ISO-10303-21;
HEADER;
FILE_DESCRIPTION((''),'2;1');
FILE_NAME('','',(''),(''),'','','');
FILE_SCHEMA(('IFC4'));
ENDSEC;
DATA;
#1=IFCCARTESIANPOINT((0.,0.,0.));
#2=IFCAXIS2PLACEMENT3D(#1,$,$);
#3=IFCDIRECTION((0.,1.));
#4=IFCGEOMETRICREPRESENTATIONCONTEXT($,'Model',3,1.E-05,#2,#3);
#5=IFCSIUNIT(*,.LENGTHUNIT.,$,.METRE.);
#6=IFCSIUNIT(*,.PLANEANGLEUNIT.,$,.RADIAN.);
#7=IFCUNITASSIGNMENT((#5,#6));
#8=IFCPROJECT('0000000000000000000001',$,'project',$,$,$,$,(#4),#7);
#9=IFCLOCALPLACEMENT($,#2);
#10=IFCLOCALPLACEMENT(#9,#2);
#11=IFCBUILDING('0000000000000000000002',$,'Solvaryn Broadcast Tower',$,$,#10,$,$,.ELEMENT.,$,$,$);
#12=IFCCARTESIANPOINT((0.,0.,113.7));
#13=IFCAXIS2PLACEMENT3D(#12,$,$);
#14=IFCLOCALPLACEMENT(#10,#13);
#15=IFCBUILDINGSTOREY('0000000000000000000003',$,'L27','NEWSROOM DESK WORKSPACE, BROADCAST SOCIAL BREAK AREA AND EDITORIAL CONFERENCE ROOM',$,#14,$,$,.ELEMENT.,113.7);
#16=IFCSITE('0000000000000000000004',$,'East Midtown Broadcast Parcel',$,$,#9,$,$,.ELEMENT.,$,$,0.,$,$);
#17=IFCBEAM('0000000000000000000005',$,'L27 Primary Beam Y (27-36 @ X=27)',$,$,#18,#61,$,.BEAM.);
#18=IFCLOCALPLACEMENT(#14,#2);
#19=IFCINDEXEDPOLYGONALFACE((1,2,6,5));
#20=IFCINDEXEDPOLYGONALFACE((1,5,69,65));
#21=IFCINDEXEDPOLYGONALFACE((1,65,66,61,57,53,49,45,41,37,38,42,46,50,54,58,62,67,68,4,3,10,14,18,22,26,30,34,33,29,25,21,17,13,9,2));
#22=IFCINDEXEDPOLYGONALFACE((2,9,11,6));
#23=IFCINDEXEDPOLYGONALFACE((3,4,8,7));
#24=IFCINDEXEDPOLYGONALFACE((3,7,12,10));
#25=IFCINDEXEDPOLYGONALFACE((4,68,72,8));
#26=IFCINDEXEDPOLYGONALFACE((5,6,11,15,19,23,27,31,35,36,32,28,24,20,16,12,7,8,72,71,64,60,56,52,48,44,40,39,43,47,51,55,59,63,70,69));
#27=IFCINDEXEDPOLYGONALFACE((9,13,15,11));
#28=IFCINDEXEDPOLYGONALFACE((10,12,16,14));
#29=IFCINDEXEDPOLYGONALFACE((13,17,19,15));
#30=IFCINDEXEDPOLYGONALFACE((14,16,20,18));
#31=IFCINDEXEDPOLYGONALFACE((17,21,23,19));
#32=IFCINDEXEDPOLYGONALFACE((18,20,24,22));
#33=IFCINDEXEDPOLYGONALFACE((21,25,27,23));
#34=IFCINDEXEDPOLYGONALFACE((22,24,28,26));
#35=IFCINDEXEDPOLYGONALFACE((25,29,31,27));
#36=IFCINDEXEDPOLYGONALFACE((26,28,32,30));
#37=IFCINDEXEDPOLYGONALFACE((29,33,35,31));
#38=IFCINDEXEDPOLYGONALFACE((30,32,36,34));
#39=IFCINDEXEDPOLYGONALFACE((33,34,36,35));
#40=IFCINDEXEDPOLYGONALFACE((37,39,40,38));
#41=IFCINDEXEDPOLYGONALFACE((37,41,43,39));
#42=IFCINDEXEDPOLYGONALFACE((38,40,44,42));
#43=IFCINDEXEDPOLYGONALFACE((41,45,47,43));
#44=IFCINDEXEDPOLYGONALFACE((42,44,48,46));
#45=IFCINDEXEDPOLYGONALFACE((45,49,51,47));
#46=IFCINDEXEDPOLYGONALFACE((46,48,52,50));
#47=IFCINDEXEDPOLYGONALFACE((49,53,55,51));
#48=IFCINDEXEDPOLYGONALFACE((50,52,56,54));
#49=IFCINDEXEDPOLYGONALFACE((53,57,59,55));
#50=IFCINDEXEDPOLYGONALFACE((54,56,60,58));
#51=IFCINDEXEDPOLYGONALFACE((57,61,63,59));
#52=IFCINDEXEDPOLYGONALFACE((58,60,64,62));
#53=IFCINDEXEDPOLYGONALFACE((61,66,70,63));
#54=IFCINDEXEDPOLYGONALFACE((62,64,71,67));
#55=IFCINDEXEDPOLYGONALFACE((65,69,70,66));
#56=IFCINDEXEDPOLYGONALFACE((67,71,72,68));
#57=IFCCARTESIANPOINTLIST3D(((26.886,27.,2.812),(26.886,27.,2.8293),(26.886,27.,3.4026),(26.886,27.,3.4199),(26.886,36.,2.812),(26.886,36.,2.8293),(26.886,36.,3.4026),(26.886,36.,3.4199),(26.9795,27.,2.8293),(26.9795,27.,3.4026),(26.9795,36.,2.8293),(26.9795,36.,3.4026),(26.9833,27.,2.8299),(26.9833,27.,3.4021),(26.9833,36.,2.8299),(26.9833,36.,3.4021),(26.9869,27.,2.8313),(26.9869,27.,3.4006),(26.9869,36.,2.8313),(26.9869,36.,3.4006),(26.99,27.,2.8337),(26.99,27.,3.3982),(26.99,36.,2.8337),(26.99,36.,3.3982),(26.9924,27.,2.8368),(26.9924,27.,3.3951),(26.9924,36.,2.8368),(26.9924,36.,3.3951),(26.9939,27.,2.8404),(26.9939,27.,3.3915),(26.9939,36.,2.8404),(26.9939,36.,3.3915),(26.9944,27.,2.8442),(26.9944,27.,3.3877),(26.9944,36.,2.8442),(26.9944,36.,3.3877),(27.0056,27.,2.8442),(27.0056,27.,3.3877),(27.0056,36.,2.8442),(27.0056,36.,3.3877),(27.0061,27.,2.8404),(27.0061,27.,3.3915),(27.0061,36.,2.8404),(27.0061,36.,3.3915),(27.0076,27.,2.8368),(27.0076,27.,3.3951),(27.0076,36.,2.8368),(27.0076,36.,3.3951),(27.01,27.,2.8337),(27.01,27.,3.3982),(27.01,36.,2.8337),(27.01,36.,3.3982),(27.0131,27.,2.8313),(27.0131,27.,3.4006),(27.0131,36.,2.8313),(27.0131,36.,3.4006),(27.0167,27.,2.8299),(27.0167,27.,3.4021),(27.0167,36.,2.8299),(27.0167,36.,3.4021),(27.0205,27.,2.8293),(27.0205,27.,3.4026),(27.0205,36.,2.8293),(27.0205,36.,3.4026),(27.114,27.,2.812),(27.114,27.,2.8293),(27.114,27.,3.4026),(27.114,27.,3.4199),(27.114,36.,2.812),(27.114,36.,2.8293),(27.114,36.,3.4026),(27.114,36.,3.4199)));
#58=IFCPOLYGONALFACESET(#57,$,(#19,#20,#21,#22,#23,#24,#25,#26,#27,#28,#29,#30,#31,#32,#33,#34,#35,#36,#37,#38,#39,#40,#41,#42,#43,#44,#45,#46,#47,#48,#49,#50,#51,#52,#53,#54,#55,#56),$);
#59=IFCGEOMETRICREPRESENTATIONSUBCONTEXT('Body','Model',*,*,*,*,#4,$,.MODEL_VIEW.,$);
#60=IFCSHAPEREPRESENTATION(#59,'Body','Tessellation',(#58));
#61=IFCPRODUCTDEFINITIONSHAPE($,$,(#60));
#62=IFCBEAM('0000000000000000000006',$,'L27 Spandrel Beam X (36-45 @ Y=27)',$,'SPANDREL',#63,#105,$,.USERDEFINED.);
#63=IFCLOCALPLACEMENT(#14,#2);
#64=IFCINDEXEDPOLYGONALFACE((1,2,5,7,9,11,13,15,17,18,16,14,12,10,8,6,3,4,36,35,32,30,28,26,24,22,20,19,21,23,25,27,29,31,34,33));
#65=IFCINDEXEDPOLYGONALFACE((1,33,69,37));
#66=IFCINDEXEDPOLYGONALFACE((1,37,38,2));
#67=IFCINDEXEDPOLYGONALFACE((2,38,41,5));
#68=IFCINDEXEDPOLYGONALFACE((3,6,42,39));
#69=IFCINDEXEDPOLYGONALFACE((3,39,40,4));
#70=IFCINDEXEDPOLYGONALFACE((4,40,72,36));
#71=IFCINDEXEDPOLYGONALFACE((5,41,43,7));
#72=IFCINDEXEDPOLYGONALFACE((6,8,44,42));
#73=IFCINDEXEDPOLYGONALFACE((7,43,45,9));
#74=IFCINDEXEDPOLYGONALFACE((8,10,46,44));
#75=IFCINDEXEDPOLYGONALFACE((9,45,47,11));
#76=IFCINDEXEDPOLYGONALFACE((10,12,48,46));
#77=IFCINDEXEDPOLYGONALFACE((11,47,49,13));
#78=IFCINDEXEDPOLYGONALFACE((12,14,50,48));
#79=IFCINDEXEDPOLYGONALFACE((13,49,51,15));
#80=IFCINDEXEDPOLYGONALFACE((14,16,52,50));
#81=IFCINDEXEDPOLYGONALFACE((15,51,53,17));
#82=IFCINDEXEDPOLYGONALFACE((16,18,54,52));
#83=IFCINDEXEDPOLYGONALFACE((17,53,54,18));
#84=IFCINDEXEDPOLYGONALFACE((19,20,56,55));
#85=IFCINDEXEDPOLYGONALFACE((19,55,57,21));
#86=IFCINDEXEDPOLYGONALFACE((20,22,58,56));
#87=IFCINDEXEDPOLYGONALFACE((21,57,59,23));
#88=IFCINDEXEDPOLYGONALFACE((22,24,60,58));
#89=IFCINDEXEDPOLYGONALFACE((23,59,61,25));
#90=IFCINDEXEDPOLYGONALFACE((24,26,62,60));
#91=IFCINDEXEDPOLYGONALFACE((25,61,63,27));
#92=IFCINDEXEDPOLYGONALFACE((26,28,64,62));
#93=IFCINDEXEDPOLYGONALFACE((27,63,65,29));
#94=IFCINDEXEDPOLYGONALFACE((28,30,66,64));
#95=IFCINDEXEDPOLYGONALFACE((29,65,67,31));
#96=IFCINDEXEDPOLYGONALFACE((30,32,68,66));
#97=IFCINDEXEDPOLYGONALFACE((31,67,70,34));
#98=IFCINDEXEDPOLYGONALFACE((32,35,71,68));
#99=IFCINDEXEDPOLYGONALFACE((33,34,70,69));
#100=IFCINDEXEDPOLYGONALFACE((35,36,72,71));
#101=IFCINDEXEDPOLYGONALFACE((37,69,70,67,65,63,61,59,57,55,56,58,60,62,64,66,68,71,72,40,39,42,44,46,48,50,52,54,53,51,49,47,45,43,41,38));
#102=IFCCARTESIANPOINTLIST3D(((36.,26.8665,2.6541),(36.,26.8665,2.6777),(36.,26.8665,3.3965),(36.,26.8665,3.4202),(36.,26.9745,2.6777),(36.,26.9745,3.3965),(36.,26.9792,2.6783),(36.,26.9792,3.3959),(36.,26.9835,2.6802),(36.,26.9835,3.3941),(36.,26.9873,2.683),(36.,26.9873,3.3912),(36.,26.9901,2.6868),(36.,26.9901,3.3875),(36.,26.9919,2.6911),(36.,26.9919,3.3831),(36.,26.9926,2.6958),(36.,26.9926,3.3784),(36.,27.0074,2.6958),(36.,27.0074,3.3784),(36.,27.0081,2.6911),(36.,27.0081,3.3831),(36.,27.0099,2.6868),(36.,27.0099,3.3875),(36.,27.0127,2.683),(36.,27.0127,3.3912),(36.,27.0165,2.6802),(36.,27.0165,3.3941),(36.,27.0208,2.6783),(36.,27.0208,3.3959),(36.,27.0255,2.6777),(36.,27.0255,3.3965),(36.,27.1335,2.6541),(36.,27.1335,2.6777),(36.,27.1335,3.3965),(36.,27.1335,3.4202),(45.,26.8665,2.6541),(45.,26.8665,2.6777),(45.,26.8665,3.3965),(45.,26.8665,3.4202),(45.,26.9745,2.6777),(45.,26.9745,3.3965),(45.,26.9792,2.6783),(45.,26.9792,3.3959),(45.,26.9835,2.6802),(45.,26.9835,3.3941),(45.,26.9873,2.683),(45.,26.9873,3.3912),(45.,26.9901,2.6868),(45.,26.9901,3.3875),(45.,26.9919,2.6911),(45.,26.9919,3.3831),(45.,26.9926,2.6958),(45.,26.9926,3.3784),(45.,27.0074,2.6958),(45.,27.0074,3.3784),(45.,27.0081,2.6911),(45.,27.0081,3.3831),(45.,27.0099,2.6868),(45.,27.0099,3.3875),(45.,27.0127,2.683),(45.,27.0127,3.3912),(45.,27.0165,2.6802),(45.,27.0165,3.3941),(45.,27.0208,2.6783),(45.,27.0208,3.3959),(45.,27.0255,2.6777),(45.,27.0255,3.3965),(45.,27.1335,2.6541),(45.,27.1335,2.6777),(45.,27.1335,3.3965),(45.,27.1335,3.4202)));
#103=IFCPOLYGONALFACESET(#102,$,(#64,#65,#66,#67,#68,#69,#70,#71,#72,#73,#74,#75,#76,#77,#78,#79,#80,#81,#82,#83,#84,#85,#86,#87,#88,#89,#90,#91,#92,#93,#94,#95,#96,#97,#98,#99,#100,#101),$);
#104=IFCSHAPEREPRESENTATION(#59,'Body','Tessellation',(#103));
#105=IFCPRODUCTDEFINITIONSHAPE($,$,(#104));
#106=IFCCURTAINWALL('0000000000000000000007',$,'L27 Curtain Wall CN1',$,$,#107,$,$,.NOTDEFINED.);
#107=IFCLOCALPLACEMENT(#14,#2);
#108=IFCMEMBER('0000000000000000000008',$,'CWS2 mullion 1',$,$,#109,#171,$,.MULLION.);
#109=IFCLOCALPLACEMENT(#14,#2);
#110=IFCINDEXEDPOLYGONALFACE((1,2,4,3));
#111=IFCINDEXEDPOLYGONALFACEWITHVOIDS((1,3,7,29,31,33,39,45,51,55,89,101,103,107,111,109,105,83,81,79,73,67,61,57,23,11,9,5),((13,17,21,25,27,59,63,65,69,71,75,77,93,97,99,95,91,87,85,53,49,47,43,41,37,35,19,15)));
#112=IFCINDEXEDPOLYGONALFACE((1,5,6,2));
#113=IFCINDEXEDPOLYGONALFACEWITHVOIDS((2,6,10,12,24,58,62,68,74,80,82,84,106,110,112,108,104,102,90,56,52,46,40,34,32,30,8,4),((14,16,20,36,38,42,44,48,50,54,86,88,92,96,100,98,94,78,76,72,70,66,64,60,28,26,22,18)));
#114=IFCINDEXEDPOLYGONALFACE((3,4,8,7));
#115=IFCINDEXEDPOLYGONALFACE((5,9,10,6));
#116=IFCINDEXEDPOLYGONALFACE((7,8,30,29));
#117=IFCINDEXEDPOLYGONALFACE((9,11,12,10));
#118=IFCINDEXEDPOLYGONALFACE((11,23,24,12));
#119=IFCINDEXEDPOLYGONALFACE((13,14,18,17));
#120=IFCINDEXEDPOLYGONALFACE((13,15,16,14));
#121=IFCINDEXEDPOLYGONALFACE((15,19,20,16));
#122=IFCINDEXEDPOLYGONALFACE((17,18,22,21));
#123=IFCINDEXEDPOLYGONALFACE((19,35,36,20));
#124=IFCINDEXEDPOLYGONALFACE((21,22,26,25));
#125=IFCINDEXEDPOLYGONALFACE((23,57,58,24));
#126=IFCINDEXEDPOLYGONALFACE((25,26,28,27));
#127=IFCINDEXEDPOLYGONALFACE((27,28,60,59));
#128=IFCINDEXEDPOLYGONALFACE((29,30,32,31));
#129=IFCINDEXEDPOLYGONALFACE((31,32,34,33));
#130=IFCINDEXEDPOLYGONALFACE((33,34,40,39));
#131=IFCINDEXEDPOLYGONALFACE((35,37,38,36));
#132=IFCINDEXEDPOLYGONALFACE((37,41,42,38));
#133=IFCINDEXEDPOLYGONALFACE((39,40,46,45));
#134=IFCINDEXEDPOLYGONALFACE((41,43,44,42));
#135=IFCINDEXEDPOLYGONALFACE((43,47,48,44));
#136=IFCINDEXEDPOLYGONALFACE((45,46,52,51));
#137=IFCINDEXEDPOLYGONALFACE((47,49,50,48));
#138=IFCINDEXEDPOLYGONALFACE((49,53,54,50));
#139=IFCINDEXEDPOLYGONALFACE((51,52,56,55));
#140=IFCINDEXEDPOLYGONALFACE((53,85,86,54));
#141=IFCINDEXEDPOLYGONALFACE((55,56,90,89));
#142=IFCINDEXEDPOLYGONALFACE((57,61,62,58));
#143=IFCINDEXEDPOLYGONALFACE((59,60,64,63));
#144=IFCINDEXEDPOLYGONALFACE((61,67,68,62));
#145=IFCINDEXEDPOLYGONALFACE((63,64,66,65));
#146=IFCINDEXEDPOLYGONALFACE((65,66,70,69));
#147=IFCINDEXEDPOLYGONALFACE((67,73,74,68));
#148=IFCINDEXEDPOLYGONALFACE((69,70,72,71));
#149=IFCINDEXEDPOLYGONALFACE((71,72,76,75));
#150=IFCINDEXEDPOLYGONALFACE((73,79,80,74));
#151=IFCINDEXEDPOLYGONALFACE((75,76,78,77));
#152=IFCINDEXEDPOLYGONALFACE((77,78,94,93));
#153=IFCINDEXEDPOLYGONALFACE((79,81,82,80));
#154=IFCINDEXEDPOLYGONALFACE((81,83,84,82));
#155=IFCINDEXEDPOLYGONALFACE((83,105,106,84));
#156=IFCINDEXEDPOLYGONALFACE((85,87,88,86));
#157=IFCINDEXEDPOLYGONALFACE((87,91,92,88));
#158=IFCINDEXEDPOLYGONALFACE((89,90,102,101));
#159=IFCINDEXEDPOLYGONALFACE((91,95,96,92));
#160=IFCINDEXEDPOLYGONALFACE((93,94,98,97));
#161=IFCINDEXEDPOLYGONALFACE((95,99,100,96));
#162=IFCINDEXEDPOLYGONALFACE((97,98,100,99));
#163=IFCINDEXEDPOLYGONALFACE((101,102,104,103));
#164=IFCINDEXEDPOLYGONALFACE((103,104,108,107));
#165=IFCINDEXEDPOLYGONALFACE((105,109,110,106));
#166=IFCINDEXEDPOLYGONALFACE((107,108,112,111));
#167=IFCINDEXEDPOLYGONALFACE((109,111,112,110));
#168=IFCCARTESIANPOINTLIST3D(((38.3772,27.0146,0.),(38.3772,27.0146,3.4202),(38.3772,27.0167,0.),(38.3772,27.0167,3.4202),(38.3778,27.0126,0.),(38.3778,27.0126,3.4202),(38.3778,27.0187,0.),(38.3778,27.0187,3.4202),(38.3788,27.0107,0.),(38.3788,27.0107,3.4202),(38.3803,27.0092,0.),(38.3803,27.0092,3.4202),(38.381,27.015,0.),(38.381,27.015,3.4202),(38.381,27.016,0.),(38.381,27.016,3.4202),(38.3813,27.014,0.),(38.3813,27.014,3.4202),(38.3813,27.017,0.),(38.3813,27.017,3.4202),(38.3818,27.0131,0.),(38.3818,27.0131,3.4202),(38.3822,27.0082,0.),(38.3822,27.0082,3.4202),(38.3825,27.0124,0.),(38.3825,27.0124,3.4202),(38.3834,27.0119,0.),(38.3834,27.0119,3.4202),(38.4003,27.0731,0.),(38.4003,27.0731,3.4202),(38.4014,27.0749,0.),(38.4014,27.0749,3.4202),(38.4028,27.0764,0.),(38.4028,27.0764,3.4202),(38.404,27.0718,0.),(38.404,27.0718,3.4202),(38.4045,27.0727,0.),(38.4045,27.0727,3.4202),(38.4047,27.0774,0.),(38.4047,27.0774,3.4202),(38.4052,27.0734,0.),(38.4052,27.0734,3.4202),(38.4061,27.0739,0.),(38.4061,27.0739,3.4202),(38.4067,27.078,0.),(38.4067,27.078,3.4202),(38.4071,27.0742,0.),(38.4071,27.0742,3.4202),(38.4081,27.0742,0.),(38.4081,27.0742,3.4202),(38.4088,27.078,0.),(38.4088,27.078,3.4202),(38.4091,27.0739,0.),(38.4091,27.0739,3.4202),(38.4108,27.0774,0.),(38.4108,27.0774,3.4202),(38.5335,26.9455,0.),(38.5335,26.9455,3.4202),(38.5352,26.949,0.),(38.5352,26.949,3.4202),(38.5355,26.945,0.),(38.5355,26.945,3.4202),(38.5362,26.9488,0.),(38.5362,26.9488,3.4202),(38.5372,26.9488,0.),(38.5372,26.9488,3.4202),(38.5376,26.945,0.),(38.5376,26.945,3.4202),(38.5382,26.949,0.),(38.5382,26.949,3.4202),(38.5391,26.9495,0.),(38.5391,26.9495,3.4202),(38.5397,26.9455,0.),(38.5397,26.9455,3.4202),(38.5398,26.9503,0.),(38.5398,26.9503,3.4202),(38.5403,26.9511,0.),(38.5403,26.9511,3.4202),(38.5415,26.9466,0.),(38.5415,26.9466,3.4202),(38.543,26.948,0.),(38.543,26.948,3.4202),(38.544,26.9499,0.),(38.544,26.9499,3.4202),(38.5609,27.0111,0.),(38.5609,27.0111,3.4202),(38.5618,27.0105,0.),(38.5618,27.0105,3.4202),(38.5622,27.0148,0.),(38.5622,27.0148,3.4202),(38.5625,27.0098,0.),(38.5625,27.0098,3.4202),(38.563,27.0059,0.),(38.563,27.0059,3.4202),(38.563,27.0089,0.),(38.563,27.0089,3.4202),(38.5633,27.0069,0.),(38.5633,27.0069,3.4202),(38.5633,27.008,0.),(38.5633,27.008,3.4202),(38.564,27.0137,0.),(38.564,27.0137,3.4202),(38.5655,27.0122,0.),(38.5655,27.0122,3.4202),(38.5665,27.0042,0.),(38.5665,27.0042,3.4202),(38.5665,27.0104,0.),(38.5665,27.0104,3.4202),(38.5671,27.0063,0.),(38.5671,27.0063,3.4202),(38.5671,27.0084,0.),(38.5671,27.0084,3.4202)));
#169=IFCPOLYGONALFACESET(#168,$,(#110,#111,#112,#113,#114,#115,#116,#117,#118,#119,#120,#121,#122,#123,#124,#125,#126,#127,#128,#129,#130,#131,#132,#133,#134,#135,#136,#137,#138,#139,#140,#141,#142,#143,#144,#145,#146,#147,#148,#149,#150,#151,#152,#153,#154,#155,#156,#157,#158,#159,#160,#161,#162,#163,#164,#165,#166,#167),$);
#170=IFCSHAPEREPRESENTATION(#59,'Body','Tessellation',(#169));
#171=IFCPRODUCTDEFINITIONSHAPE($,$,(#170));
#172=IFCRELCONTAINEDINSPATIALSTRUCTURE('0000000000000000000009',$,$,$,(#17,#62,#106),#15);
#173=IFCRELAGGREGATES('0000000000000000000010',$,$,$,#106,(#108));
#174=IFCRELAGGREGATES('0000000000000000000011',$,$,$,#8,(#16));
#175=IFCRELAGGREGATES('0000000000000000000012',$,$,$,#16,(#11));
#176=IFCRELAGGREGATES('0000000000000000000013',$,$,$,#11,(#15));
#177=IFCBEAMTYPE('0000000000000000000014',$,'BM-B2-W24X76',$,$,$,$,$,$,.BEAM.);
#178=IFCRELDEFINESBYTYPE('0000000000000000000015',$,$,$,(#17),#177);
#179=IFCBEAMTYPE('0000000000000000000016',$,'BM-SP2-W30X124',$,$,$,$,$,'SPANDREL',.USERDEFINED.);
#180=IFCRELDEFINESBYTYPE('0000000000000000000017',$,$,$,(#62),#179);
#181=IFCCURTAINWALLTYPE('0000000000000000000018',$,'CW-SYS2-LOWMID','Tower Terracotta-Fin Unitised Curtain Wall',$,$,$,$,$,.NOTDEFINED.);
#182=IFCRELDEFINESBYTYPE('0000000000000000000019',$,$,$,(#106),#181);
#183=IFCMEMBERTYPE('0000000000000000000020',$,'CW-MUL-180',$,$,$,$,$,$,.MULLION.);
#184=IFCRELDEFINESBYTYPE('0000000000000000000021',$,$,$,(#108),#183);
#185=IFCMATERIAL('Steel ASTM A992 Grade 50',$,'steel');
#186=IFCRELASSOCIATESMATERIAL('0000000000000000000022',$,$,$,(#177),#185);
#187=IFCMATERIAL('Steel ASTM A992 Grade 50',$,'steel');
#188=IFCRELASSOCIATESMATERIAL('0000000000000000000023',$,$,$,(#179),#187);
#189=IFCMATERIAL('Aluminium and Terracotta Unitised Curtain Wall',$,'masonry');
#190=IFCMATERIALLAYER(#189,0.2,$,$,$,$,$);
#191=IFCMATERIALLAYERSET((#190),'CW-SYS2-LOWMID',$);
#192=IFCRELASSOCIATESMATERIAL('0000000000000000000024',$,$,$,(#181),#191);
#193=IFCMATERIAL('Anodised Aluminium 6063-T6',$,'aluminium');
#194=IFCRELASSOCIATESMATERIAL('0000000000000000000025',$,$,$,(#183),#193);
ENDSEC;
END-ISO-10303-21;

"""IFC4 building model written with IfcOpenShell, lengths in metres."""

from ifc_helpers import new_model, si_unit, direction, frame, origin, origin_2d, place, context, subcontext, project, spatial, hollow_rectangle, i_section, extrude, material, layer, layer_set, material_profile, profile_set, type_object, element, aggregate, save


model = new_model("IFC4")

# Units and contexts
model_context = context("Model", 3, precision=1e-05, world=origin(), true_north=direction((0.0, 1.0)))
body_context = subcontext(model_context, "Body", "Model", "MODEL_VIEW")
ifc_project = project(units=[si_unit("LENGTHUNIT", "METRE"), si_unit("PLANEANGLEUNIT", "RADIAN")], contexts=[model_context])

# Site, building, storey
site_placement = place(None, origin())
site = spatial("IfcSite", under=ifc_project, at=site_placement, Name="East Midtown Broadcast Parcel", CompositionType="ELEMENT", RefElevation=0.0)
building_placement = place(site_placement, origin())
building = spatial("IfcBuilding", under=site, at=building_placement, Name="Solvaryn Broadcast Tower", CompositionType="ELEMENT")
storey_placement = place(building_placement, frame((0.0, 0.0, 113.7)))
storey = spatial("IfcBuildingStorey", under=building, at=storey_placement, Name="L27", Description="NEWSROOM DESK WORKSPACE, BROADCAST SOCIAL BREAK AREA AND EDITORIAL CONFERENCE ROOM", CompositionType="ELEMENT", Elevation=113.7)

# Beams
ifc_material_1 = material(Name="Steel ASTM A992 Grade 50", Category="steel")
ifc_material_profile_1 = material_profile(ifc_material_1, i_section(OverallWidth=0.228, OverallDepth=0.6079, WebThickness=0.0112, FlangeThickness=0.0173, FilletRadius=0.0149, at=origin_2d()))
ifc_profile_set_1 = profile_set([ifc_material_profile_1], Name="Steel ASTM A992 Grade 50")
beam_type_1 = type_object("IfcBeamType", Name="BM-B2-W24X76", PredefinedType="BEAM", material=ifc_profile_set_1)
beam_1_placement = place(storey_placement, frame((27.0, 27.0, 3.116), z_axis=(0.0, 1.0, 0.0), x_axis=(-1.0, 0.0, 0.0)))
element("IfcBeam", 1, at=beam_1_placement, inside=storey, type_object=beam_type_1, Name="L27 Primary Beam Y (27-36 @ X=27)", PredefinedType="BEAM", context=body_context, shape_type="SweptSolid", body=[
    extrude(i_section(OverallWidth=0.228, OverallDepth=0.6079, WebThickness=0.0112, FlangeThickness=0.0173, FilletRadius=0.0149, at=origin_2d()), origin(), (0.0, 0.0, 1.0), 9.0),
])
ifc_material_2 = material(Name="Steel ASTM A992 Grade 50", Category="steel")
ifc_material_profile_2 = material_profile(ifc_material_2, i_section(OverallWidth=0.2671, OverallDepth=0.7661, WebThickness=0.0149, FlangeThickness=0.0237, FilletRadius=0.0181, at=origin_2d()))
ifc_profile_set_2 = profile_set([ifc_material_profile_2], Name="Steel ASTM A992 Grade 50")
beam_type_2 = type_object("IfcBeamType", Name="BM-SP2-W30X124", ElementType="SPANDREL", PredefinedType="USERDEFINED", material=ifc_profile_set_2)
beam_2_placement = place(storey_placement, frame((36.0, 27.0, 3.0371), z_axis=(1.0, 0.0, 0.0), x_axis=(0.0, 1.0, 0.0)))
element("IfcBeam", 2, at=beam_2_placement, inside=storey, type_object=beam_type_2, Name="L27 Spandrel Beam X (36-45 @ Y=27)", ObjectType="SPANDREL", PredefinedType="USERDEFINED", context=body_context, shape_type="SweptSolid", body=[
    extrude(i_section(OverallWidth=0.2671, OverallDepth=0.7661, WebThickness=0.0149, FlangeThickness=0.0237, FilletRadius=0.0181, at=origin_2d()), origin(), (0.0, 0.0, 1.0), 9.0),
])

# Curtain wall, member
ifc_material_3 = material(Name="Aluminium and Terracotta Unitised Curtain Wall", Category="masonry")
ifc_layer_1 = layer(ifc_material_3, 0.2)
ifc_layer_set_1 = layer_set([ifc_layer_1], Name="CW-SYS2-LOWMID")
curtain_wall_type = type_object("IfcCurtainWallType", Name="CW-SYS2-LOWMID", Description="Tower Terracotta-Fin Unitised Curtain Wall", PredefinedType="NOTDEFINED", material=ifc_layer_set_1)
curtain_wall_1_placement = place(storey_placement, origin())
curtain_wall_1 = element("IfcCurtainWall", 3, at=curtain_wall_1_placement, inside=storey, type_object=curtain_wall_type, Name="L27 Curtain Wall CN1", PredefinedType="NOTDEFINED")
ifc_material_4 = material(Name="Anodised Aluminium 6063-T6", Category="aluminium")
ifc_material_profile_3 = material_profile(ifc_material_4, hollow_rectangle(XDim=0.075, YDim=0.1799, WallThickness=0.0039, InnerFilletRadius=0.0039, OuterFilletRadius=0.0081, at=origin_2d()))
ifc_profile_set_3 = profile_set([ifc_material_profile_3], Name="Anodised Aluminium 6063-T6")
member_type_1 = type_object("IfcMemberType", Name="CW-MUL-180", PredefinedType="MULLION", material=ifc_profile_set_3)
member_1_placement = place(storey_placement, frame((38.4722, 27.0115, 0.0), z_axis=(0.0, 0.0, 1.0), x_axis=(-0.382646, -0.923895, 0.0)))
member_1 = element("IfcMember", 4, at=member_1_placement, type_object=member_type_1, Name="CWS2 mullion 1", PredefinedType="MULLION", context=body_context, shape_type="SweptSolid", body=[
    extrude(hollow_rectangle(XDim=0.075, YDim=0.1799, WallThickness=0.0039, InnerFilletRadius=0.0039, OuterFilletRadius=0.0081, at=origin_2d()), origin(), (0.0, 0.0, 1.0), 3.4202),
])

aggregate(curtain_wall_1, [member_1])

save(model, "model.ifc")
